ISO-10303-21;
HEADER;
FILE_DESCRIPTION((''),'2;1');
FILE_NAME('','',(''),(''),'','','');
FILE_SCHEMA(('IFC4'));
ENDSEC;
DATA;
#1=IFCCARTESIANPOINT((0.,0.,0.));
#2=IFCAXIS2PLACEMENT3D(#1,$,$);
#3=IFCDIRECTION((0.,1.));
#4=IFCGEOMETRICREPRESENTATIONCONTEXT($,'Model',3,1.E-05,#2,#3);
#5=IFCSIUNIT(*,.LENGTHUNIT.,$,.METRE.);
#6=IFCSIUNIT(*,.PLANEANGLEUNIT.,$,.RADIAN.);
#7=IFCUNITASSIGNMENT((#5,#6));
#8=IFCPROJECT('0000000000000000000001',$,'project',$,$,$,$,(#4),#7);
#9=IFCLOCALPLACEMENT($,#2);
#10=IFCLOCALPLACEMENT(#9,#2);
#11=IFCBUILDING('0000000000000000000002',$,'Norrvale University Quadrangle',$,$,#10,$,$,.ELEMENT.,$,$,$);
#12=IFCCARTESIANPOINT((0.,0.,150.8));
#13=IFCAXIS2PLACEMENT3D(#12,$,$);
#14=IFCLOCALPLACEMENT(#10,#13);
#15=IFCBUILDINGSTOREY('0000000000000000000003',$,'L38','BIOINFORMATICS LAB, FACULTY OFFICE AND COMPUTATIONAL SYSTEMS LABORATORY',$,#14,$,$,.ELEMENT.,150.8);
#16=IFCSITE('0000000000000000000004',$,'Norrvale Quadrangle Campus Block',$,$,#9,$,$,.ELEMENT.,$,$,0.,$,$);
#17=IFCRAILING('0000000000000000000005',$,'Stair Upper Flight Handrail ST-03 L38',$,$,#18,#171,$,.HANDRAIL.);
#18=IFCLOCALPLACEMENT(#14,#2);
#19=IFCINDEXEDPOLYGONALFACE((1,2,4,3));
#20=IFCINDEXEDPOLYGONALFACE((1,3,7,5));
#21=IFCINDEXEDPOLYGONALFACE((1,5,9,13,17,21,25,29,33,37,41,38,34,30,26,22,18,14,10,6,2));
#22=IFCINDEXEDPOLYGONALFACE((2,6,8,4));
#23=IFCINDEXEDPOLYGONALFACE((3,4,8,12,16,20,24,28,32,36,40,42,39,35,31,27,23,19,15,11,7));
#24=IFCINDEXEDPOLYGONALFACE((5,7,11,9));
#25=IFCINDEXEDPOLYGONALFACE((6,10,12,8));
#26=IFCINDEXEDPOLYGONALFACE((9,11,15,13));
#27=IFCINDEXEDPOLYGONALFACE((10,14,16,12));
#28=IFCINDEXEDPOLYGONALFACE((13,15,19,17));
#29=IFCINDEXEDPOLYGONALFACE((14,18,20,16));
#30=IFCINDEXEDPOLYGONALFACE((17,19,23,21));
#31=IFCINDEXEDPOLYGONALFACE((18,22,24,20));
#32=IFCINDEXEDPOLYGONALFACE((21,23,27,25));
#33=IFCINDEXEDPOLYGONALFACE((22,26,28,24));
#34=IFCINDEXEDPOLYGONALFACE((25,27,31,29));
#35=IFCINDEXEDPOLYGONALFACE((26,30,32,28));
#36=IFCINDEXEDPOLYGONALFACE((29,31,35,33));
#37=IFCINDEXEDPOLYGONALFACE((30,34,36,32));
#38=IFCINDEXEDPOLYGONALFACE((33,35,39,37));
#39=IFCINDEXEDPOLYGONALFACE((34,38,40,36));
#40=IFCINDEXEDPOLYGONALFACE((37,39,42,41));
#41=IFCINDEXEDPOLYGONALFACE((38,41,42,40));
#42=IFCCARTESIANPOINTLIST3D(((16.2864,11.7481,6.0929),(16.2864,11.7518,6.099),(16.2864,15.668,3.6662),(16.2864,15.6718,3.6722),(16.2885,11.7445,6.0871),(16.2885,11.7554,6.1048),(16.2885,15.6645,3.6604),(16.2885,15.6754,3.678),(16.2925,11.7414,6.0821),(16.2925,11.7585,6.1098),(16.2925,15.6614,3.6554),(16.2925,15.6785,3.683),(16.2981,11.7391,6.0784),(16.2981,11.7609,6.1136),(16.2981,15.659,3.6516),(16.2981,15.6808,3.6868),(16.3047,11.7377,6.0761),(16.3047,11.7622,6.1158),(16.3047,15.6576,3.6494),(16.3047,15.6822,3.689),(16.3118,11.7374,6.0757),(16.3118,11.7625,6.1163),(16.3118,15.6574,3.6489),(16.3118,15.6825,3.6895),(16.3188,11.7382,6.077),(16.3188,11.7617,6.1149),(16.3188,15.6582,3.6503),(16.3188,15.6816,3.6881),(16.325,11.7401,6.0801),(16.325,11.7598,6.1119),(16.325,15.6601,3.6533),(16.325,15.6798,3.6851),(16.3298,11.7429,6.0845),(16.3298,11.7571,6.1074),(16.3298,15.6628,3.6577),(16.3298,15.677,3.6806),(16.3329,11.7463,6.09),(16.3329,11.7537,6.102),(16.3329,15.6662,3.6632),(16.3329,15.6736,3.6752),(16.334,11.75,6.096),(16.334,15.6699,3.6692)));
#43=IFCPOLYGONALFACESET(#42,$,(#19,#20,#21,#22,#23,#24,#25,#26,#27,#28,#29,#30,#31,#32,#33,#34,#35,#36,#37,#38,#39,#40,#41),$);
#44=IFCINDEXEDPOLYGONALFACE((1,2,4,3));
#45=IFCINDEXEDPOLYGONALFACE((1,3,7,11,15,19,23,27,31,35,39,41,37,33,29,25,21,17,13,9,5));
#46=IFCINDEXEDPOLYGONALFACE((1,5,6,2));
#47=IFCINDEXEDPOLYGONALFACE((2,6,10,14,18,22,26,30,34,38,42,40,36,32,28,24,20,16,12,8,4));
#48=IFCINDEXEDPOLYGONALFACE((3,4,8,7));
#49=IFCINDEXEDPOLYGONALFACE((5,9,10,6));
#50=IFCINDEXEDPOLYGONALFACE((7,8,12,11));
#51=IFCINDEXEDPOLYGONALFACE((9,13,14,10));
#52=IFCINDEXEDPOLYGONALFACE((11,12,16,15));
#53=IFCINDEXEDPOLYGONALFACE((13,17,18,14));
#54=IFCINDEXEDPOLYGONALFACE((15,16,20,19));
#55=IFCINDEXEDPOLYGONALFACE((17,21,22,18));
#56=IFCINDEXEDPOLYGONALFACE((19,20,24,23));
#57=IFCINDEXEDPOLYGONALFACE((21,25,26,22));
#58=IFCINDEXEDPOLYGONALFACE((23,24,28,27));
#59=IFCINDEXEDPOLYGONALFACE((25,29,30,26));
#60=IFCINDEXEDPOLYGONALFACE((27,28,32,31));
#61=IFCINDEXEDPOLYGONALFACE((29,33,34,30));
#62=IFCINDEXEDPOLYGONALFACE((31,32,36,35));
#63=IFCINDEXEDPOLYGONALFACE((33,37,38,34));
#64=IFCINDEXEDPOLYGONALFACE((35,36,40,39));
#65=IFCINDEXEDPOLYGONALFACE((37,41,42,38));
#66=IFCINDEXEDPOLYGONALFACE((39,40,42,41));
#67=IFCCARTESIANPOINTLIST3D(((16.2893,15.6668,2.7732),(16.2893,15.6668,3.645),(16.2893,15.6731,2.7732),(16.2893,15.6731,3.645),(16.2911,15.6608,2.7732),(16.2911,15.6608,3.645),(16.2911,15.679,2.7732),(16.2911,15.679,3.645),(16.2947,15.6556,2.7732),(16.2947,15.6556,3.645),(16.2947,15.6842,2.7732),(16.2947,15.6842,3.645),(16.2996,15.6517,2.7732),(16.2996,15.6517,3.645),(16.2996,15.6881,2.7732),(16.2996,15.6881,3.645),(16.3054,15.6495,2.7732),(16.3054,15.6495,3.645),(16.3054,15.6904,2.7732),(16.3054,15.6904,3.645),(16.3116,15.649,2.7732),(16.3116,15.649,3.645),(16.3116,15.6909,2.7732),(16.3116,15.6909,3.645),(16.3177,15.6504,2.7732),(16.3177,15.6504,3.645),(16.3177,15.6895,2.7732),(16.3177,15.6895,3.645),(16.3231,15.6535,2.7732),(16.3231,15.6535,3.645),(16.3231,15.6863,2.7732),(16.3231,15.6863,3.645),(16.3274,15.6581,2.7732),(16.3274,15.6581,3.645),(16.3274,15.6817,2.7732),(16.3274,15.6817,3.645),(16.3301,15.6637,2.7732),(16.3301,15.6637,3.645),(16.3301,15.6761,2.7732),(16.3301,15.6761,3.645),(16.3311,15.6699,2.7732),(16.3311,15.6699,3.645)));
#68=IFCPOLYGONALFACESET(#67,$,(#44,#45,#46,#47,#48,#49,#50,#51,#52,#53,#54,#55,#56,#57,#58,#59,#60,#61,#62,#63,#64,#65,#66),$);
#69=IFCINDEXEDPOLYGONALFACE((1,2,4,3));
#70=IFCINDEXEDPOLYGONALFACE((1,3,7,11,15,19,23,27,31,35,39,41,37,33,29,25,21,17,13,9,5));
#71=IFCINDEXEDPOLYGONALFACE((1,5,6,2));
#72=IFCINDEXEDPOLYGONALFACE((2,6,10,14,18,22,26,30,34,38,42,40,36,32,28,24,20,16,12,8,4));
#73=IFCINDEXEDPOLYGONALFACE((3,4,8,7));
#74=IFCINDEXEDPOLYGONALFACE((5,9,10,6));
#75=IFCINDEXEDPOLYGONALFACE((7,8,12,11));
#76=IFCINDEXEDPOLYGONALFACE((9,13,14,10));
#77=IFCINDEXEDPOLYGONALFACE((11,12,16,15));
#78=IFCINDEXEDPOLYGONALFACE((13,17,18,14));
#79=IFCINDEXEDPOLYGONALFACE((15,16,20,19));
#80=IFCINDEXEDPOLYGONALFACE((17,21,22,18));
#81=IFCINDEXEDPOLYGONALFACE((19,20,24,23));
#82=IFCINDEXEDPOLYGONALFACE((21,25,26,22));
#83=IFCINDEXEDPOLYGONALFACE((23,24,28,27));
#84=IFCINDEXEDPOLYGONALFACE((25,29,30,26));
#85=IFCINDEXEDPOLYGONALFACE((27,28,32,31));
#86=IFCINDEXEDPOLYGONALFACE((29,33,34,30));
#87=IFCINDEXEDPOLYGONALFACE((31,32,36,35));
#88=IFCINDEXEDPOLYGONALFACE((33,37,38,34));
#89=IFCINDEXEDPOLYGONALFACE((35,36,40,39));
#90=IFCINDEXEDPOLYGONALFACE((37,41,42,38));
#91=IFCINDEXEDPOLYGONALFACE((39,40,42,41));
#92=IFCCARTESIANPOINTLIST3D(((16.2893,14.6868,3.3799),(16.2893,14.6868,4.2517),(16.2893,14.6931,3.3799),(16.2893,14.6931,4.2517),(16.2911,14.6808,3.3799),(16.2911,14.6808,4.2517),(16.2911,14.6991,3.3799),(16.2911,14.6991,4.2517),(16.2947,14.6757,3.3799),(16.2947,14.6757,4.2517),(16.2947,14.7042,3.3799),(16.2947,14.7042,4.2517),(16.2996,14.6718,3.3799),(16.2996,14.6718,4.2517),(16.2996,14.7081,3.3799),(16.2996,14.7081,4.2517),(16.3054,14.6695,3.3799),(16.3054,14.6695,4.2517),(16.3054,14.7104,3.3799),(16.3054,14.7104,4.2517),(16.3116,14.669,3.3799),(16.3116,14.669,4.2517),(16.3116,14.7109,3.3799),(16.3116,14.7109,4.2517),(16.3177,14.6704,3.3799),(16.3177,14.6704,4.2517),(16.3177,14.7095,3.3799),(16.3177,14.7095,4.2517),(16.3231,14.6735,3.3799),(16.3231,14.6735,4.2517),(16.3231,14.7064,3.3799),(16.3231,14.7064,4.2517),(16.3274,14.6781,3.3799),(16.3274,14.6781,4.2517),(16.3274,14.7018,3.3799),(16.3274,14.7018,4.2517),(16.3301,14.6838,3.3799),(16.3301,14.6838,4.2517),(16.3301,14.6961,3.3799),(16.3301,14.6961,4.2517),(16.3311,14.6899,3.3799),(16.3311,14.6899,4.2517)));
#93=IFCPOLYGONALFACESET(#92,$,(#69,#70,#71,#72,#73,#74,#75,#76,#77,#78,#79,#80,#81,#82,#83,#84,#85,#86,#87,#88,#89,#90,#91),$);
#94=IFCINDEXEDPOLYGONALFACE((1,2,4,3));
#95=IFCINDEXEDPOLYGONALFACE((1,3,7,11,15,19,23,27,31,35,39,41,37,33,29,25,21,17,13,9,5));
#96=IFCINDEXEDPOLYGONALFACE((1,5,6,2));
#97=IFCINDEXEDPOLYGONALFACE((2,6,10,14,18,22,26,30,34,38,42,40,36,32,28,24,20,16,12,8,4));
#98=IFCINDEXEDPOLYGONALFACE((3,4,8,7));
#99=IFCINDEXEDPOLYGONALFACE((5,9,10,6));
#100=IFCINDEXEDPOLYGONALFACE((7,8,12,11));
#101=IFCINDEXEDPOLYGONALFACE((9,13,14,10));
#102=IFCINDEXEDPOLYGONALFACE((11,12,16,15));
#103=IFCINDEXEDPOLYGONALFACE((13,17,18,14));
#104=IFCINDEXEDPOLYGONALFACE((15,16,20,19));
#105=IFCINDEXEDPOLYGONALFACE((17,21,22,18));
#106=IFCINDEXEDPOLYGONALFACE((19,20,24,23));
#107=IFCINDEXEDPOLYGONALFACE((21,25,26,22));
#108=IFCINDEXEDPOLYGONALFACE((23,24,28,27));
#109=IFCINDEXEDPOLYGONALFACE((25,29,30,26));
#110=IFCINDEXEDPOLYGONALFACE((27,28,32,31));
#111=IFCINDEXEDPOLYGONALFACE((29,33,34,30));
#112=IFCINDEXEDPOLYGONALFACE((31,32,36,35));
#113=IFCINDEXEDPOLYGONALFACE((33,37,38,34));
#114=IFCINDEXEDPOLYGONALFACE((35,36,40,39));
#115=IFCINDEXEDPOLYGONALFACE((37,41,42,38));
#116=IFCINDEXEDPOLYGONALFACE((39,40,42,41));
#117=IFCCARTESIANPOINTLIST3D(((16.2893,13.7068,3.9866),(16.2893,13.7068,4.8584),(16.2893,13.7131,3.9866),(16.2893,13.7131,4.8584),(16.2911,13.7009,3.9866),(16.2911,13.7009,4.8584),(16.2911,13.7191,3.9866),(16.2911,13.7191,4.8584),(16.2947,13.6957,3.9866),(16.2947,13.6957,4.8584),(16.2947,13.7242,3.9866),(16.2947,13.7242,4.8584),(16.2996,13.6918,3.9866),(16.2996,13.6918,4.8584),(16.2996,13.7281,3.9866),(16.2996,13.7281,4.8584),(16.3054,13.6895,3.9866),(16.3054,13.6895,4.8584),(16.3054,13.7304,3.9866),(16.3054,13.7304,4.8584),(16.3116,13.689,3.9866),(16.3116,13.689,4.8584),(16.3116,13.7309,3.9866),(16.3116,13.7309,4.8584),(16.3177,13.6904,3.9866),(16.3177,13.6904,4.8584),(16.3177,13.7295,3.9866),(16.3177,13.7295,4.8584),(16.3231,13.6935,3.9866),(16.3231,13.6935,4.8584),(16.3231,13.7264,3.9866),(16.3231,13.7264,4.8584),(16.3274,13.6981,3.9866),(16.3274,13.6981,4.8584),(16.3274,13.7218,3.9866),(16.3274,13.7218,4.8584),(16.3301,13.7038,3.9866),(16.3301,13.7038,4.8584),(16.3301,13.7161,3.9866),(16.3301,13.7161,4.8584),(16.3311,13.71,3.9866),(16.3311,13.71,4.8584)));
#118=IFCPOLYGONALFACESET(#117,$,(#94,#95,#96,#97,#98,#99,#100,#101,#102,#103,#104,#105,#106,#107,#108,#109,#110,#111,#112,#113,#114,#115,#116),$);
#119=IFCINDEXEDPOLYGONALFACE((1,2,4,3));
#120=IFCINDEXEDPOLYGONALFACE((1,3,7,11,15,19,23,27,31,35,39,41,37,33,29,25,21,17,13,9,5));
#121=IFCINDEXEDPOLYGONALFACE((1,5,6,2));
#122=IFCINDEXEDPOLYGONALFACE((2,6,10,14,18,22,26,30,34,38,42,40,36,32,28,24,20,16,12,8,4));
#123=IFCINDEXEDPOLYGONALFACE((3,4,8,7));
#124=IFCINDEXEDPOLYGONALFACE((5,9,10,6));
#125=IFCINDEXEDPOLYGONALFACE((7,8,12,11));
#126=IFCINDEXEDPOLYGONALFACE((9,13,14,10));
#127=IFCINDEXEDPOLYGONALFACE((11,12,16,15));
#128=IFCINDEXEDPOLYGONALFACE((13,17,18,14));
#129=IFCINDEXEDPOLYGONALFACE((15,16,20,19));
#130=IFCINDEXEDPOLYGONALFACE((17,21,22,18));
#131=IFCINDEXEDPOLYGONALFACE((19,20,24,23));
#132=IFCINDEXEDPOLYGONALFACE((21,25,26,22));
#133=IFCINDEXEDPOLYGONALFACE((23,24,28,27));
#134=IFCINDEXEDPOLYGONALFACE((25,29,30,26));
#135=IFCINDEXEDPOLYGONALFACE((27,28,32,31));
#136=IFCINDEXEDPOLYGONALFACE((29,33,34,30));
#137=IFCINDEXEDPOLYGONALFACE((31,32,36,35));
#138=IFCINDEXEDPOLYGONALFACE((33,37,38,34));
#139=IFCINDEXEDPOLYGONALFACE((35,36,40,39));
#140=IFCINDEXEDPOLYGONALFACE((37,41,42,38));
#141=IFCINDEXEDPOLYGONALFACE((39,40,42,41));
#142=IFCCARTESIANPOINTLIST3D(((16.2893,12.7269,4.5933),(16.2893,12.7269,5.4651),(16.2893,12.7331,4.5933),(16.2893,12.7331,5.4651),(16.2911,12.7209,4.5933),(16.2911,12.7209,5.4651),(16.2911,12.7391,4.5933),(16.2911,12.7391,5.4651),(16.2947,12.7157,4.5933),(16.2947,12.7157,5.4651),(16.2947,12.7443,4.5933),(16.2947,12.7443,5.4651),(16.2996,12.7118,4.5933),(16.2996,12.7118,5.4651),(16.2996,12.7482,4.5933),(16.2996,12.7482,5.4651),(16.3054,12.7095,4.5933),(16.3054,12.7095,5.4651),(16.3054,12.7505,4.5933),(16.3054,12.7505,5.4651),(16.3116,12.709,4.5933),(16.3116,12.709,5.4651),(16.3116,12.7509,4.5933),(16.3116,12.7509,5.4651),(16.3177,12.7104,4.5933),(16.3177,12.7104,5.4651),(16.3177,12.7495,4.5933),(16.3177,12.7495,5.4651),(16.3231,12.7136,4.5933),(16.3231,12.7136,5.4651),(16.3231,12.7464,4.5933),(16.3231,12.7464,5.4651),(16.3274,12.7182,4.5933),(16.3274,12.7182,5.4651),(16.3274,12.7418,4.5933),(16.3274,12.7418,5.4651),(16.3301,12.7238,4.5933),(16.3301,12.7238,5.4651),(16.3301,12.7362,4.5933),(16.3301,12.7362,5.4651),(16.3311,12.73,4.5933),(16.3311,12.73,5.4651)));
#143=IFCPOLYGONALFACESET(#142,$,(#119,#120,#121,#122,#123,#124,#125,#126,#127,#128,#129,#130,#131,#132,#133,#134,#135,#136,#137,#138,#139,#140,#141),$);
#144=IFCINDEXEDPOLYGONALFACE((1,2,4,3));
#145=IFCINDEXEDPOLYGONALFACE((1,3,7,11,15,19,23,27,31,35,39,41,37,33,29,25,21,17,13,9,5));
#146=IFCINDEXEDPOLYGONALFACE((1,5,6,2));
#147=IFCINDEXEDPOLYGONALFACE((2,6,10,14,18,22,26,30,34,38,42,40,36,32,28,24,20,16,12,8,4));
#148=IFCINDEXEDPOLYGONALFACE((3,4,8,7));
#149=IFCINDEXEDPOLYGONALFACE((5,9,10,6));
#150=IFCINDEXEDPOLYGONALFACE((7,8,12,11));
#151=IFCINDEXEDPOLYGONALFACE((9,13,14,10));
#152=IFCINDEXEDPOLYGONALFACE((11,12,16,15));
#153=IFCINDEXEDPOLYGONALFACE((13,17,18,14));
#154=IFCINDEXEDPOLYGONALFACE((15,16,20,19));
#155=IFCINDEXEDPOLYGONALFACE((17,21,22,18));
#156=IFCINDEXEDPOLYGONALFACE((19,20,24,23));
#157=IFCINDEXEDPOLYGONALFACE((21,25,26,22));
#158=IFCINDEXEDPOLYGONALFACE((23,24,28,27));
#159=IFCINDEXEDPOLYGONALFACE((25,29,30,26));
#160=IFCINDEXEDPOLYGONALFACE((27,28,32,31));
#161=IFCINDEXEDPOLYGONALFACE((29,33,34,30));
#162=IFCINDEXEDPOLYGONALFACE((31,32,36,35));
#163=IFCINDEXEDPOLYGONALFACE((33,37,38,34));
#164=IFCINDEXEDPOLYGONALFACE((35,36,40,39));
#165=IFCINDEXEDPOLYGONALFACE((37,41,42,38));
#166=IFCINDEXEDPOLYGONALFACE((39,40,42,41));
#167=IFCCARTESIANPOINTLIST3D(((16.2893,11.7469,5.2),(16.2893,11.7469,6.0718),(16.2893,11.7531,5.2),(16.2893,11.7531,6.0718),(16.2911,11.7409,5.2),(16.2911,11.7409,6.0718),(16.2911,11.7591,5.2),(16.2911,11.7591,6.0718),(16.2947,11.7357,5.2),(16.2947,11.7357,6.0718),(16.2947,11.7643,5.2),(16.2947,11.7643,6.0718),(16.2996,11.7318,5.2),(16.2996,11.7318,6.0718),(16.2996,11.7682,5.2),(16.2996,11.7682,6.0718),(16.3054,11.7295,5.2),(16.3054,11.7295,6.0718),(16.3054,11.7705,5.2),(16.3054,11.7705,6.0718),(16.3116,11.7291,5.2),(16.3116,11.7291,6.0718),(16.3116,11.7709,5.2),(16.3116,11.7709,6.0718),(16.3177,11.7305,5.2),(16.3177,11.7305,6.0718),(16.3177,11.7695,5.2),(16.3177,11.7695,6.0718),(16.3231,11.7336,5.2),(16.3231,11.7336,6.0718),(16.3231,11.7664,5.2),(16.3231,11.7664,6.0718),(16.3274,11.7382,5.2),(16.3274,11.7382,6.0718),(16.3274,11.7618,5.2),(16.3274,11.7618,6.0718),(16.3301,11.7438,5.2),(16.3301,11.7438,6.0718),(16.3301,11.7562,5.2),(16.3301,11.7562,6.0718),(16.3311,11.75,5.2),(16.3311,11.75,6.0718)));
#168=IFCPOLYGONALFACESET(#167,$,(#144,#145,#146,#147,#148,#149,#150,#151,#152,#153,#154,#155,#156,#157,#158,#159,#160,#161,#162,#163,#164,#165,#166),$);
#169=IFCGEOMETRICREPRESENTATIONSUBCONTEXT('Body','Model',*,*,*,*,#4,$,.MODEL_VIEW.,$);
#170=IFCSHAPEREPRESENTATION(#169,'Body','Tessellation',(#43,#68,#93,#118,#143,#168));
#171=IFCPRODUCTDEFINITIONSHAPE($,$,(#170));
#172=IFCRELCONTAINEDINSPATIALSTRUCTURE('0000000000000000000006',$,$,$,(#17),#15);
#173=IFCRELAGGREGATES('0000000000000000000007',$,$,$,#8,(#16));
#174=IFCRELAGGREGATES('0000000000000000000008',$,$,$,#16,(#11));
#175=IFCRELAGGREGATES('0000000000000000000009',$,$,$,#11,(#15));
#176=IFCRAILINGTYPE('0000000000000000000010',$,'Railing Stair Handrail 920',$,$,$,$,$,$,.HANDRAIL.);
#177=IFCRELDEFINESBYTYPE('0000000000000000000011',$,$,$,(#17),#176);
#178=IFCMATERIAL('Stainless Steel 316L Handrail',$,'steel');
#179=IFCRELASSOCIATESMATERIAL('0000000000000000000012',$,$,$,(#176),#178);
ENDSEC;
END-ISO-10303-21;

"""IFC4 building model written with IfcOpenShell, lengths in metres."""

from ifc_helpers import new_model, si_unit, direction, frame, origin, origin_2d, place, context, subcontext, project, spatial, circle, extrude, material, type_object, element, save


model = new_model("IFC4")

# Units and contexts
model_context = context("Model", 3, precision=1e-05, world=origin(), true_north=direction((0.0, 1.0)))
body_context = subcontext(model_context, "Body", "Model", "MODEL_VIEW")
ifc_project = project(units=[si_unit("LENGTHUNIT", "METRE"), si_unit("PLANEANGLEUNIT", "RADIAN")], contexts=[model_context])

# Site, building, storey
site_placement = place(None, origin())
site = spatial("IfcSite", under=ifc_project, at=site_placement, Name="Norrvale Quadrangle Campus Block", CompositionType="ELEMENT", RefElevation=0.0)
building_placement = place(site_placement, origin())
building = spatial("IfcBuilding", under=site, at=building_placement, Name="Norrvale University Quadrangle", CompositionType="ELEMENT")
storey_placement = place(building_placement, frame((0.0, 0.0, 150.8)))
storey = spatial("IfcBuildingStorey", under=building, at=storey_placement, Name="L38", Description="BIOINFORMATICS LAB, FACULTY OFFICE AND COMPUTATIONAL SYSTEMS LABORATORY", CompositionType="ELEMENT", Elevation=150.8)

# Railing
ifc_material_1 = material(Name="Stainless Steel 316L Handrail", Category="steel")
railing_type_1 = type_object("IfcRailingType", Name="Railing Stair Handrail 920", PredefinedType="HANDRAIL", material=ifc_material_1)
railing_1_placement = place(storey_placement, frame((16.3101, 15.6699, 2.7732)))
element("IfcRailing", 1, at=railing_1_placement, inside=storey, type_object=railing_type_1, Name="Stair Upper Flight Handrail ST-03 L38", PredefinedType="HANDRAIL", context=body_context, shape_type="SweptSolid", body=[
    extrude(circle(Radius=0.0239, at=origin_2d()), frame((0.0, 0.0, 0.896), z_axis=(0.0, -0.850252, 0.526376), x_axis=(1.0, 0.0, 0.0)), (0.0, 0.0, 1.0), 4.6104),
    extrude(circle(Radius=0.021, at=origin_2d()), origin(), (0.0, 0.0, 1.0), 0.8718),
    extrude(circle(Radius=0.021, at=origin_2d()), frame((0.0, -0.98, 0.6067)), (0.0, 0.0, 1.0), 0.8718),
    extrude(circle(Radius=0.021, at=origin_2d()), frame((0.0, -1.96, 1.2134)), (0.0, 0.0, 1.0), 0.8718),
    extrude(circle(Radius=0.021, at=origin_2d()), frame((0.0, -2.9399, 1.8201)), (0.0, 0.0, 1.0), 0.8718),
    extrude(circle(Radius=0.021, at=origin_2d()), frame((0.0, -3.9199, 2.4268)), (0.0, 0.0, 1.0), 0.8718),
])

save(model, "model.ifc")
